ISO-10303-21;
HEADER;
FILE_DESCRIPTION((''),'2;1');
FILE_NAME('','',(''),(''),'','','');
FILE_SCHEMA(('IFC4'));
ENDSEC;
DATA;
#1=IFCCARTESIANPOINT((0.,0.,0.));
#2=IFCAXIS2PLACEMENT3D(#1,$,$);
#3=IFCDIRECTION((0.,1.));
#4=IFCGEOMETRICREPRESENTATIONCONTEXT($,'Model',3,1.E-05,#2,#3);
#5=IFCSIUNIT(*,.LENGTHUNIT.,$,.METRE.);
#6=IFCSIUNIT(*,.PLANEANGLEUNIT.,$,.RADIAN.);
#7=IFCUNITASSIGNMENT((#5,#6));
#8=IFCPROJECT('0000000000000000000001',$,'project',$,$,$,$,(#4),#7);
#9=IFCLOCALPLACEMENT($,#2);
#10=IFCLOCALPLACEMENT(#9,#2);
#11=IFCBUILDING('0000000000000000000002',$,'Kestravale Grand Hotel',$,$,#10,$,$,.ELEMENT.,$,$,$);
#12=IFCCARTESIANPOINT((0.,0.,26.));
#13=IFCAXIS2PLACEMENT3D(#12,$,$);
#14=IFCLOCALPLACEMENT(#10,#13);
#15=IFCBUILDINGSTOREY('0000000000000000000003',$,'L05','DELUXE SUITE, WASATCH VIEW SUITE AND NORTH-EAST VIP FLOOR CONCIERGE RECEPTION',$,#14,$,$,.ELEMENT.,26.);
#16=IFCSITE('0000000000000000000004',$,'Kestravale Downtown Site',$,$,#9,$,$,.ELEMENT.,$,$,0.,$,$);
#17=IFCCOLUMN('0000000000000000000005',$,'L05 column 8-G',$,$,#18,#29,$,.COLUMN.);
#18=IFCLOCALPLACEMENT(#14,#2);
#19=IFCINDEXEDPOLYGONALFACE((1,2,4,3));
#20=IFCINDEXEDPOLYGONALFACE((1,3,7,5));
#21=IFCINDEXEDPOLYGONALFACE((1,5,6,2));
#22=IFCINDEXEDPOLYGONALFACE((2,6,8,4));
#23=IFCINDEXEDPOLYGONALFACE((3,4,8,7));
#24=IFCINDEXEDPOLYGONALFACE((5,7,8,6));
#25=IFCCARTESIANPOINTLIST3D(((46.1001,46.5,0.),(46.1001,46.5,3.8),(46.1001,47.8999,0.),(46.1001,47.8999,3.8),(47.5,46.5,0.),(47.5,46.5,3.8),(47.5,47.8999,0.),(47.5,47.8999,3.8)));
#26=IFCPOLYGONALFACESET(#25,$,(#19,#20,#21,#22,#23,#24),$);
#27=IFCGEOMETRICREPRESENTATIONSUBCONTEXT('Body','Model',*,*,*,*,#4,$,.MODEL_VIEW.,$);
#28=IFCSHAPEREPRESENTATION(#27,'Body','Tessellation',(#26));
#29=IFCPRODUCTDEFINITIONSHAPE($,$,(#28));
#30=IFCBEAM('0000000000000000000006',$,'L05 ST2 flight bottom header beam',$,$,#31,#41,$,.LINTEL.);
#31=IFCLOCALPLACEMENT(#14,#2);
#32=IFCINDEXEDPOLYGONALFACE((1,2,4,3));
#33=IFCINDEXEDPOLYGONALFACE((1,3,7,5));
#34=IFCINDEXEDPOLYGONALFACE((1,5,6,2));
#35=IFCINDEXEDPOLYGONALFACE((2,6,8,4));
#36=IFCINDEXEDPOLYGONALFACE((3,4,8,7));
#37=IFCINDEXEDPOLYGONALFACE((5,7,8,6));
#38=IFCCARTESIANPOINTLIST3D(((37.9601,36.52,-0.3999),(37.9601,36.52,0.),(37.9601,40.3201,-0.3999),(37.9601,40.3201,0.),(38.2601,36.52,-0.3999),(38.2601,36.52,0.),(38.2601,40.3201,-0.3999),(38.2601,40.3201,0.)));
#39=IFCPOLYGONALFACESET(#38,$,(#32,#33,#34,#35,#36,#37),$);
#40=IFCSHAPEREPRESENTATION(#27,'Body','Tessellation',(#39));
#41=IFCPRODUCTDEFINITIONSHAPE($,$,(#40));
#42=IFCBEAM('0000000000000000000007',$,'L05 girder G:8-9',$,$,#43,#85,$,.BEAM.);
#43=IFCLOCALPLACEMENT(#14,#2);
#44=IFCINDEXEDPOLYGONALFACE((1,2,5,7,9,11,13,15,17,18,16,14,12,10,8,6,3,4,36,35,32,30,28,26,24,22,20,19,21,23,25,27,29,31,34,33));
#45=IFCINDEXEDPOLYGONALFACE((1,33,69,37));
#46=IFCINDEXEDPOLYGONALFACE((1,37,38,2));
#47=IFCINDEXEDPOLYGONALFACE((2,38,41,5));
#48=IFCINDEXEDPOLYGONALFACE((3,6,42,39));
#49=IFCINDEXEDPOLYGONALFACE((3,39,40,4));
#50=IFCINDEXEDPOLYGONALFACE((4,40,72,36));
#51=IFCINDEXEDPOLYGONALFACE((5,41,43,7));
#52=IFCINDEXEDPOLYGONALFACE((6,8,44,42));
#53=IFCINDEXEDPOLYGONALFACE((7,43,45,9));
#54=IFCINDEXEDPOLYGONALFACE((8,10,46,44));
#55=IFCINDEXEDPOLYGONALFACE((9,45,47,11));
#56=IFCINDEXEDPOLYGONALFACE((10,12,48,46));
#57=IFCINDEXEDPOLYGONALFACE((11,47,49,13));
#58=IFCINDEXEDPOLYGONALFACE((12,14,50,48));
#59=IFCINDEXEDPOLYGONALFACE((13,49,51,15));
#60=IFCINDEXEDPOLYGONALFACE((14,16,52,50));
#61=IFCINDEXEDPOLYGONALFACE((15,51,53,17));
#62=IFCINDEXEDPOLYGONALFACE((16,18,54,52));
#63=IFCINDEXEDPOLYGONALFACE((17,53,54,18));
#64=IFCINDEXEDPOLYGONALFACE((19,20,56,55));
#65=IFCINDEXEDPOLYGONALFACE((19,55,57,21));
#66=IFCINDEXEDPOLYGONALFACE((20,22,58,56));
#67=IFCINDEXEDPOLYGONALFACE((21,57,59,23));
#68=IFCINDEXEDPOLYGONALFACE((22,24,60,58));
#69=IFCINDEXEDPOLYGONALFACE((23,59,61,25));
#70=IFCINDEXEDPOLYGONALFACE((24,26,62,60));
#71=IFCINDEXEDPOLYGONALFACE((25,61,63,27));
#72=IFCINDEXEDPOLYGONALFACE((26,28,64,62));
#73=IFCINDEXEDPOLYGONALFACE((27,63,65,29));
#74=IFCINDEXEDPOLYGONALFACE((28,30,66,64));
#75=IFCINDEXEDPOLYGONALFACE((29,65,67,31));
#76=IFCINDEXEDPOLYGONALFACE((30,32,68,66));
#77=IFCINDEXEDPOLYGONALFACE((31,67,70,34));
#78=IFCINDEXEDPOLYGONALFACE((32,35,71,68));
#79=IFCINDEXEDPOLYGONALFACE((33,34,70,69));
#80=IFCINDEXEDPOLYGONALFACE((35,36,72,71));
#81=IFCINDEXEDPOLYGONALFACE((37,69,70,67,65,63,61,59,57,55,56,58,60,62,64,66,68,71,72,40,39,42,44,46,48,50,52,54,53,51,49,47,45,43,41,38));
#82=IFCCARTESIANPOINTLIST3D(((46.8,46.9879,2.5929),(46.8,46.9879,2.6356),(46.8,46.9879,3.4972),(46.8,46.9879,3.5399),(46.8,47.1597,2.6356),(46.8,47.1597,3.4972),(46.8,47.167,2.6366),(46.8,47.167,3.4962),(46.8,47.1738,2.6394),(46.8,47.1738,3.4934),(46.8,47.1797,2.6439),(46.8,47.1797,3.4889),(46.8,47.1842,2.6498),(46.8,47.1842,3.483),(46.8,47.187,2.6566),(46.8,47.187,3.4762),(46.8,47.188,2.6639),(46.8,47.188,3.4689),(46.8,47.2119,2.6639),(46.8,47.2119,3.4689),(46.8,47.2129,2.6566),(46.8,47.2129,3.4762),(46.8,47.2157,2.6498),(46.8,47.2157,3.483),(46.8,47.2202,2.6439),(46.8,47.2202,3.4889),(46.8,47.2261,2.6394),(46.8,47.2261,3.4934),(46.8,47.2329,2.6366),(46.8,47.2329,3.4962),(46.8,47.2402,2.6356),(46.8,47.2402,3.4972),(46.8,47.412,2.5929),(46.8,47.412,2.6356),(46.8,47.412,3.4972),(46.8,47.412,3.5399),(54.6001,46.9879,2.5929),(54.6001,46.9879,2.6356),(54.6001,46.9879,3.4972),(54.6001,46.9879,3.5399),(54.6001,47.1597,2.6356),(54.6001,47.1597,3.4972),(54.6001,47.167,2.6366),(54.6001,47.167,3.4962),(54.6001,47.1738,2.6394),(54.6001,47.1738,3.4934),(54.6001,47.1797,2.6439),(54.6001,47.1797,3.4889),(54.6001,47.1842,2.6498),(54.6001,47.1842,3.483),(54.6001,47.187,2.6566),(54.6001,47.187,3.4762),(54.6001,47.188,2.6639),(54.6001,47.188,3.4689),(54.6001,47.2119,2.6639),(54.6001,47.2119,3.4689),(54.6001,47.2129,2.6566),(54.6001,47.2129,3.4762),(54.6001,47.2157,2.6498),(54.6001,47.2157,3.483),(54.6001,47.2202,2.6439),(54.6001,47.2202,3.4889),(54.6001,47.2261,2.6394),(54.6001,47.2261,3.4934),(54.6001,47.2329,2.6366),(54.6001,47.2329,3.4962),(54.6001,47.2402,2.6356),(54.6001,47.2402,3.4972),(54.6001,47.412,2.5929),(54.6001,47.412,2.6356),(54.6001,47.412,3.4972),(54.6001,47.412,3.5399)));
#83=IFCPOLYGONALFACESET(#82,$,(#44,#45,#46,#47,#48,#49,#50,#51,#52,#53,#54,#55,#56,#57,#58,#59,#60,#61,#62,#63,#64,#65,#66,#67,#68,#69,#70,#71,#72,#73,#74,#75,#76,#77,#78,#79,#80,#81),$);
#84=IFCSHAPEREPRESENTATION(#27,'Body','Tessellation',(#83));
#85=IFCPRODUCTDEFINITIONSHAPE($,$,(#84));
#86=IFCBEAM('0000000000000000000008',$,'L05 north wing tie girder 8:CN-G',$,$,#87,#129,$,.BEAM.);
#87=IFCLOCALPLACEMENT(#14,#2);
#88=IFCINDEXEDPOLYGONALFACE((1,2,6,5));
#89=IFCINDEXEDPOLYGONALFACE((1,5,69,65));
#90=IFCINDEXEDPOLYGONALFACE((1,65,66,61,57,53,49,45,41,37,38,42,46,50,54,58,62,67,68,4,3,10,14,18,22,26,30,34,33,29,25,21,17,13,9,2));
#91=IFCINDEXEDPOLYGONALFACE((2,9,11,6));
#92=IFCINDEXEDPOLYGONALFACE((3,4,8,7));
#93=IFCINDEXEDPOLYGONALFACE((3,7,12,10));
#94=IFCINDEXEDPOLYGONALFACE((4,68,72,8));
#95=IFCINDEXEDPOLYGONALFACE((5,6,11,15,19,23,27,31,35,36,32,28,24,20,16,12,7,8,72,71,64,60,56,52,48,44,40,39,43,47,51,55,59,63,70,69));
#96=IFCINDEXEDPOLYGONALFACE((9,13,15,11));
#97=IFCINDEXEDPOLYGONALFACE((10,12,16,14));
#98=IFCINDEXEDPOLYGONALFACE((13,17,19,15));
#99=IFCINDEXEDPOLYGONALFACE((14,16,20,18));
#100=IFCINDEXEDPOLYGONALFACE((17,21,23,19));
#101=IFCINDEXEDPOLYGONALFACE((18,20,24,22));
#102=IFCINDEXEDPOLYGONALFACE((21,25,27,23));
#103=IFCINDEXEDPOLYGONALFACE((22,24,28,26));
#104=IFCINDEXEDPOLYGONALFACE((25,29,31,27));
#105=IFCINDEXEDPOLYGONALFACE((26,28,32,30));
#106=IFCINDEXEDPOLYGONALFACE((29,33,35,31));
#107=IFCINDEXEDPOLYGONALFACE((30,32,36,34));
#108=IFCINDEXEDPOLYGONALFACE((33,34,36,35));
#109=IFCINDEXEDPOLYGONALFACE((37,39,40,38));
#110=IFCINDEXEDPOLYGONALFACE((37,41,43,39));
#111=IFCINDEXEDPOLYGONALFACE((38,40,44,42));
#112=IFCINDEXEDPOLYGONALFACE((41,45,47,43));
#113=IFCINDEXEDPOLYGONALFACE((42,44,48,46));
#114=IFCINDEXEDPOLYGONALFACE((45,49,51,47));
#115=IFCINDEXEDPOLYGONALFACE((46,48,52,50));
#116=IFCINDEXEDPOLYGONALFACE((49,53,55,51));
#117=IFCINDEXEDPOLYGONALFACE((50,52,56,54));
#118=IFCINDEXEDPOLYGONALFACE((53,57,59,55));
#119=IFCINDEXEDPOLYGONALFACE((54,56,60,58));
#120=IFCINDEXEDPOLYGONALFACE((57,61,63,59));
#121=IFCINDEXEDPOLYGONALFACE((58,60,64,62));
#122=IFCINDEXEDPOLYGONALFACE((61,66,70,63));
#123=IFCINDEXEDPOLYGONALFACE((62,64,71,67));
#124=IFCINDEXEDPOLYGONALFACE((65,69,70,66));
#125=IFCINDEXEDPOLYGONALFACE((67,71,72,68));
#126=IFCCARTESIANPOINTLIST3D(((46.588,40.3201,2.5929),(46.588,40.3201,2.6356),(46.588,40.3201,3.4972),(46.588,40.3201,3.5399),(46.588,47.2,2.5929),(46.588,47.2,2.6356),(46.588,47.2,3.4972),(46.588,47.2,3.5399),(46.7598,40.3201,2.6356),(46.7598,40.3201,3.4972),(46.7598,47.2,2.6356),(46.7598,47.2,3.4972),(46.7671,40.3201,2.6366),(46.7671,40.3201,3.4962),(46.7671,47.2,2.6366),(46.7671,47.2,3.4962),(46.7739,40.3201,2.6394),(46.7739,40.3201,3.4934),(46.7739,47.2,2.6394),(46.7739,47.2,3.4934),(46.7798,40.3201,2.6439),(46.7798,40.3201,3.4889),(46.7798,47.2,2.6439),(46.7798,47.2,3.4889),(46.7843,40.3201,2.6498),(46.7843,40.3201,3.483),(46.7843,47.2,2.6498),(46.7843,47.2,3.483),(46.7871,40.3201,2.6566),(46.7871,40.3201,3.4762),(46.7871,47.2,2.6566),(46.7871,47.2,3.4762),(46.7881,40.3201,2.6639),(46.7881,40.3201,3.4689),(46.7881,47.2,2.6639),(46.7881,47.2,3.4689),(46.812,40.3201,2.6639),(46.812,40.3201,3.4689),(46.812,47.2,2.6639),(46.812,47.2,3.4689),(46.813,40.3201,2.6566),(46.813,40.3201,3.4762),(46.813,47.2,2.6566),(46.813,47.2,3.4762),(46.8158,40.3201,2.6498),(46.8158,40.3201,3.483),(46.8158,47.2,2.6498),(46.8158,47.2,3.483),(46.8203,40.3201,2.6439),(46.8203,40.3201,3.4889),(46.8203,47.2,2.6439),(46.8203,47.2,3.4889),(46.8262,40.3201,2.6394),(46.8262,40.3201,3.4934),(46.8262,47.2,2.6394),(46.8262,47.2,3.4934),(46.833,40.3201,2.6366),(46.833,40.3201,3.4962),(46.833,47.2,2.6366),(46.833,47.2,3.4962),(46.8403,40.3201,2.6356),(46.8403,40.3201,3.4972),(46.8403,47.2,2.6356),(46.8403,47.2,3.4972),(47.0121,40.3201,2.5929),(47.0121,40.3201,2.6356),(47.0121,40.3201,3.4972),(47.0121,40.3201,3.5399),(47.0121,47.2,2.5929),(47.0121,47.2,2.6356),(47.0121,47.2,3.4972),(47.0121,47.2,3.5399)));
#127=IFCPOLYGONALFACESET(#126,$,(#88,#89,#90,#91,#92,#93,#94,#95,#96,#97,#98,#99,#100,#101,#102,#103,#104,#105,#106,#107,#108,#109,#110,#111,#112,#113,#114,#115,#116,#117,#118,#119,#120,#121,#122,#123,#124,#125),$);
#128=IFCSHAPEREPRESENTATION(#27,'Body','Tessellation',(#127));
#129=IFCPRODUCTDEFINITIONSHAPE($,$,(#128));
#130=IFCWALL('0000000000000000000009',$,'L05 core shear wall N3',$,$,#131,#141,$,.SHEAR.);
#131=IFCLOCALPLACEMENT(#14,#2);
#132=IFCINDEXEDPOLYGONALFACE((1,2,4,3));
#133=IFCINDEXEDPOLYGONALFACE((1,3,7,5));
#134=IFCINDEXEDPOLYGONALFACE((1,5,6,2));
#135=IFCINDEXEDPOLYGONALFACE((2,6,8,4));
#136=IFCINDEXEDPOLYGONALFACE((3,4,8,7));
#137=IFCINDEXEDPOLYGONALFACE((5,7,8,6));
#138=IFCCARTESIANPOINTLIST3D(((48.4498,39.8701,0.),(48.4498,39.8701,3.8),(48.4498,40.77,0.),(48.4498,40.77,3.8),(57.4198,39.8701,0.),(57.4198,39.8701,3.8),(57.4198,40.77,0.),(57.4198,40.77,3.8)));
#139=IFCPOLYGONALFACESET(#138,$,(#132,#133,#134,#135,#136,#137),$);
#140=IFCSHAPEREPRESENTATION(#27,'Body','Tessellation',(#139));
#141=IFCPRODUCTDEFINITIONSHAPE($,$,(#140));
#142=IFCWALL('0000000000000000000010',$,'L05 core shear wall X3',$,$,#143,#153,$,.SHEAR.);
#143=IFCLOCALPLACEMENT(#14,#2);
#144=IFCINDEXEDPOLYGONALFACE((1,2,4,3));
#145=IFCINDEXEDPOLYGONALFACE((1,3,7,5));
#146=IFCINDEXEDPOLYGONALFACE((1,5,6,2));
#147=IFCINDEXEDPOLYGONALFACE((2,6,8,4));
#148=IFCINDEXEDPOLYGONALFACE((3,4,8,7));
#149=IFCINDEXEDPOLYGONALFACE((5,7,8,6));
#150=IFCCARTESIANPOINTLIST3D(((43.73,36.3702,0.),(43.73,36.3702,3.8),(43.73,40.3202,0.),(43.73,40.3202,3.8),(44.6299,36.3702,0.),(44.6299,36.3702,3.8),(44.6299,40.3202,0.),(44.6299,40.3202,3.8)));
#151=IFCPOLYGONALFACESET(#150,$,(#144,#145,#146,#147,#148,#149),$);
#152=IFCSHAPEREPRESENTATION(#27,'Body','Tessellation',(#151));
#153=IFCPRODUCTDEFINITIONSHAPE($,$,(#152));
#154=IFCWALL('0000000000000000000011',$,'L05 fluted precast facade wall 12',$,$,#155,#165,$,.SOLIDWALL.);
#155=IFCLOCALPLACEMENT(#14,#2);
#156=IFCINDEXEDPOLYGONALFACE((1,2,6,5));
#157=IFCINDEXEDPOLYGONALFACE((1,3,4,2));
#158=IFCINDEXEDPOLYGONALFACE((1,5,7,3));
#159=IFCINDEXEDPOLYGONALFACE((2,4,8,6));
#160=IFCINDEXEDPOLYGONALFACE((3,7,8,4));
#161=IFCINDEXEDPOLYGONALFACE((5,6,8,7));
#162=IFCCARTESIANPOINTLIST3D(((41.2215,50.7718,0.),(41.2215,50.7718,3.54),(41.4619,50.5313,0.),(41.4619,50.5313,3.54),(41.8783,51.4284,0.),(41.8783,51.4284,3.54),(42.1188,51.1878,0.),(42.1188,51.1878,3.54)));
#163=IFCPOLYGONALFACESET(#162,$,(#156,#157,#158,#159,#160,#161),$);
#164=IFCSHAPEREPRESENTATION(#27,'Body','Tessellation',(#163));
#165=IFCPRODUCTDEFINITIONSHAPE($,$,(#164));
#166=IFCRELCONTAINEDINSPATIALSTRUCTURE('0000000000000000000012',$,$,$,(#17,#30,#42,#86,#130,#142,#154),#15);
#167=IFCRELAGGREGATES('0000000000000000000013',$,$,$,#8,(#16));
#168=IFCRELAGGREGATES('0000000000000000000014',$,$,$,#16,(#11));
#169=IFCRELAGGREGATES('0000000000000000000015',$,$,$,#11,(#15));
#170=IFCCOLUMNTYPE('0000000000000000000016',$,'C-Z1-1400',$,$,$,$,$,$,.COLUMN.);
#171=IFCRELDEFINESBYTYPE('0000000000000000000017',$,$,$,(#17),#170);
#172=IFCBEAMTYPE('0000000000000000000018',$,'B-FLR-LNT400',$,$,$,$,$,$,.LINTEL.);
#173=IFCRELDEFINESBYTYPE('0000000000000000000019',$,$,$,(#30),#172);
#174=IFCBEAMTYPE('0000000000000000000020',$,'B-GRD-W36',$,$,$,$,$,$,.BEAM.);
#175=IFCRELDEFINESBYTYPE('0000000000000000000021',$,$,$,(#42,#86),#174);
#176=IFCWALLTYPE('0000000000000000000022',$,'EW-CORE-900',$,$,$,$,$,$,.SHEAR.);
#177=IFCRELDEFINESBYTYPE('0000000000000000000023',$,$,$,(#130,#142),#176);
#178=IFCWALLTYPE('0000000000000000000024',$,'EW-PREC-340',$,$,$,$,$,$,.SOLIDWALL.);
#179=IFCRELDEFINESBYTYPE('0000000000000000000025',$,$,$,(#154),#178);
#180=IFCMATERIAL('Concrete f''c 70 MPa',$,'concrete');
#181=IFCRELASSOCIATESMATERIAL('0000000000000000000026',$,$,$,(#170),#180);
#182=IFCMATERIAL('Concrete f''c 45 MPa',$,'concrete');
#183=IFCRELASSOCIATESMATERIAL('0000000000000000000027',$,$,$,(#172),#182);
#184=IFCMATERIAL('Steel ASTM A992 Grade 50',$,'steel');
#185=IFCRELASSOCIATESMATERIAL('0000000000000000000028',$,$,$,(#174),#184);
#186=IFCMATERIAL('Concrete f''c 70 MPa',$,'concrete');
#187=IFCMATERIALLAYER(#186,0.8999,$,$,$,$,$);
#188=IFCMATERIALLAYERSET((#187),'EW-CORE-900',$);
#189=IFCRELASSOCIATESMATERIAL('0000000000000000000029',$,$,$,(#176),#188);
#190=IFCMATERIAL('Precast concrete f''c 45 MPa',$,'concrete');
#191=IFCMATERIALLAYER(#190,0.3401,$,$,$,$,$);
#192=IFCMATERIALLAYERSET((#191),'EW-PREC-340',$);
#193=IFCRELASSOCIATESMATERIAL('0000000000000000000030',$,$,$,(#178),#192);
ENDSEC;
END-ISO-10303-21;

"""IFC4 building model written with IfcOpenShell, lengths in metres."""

from ifc_helpers import new_model, si_unit, direction, frame, frame_2d, origin, origin_2d, place, context, subcontext, project, spatial, rectangle, i_section, extrude, material, layer, layer_set, material_profile, profile_set, type_object, element, save


model = new_model("IFC4")

# Units and contexts
model_context = context("Model", 3, precision=1e-05, world=origin(), true_north=direction((0.0, 1.0)))
body_context = subcontext(model_context, "Body", "Model", "MODEL_VIEW")
ifc_project = project(units=[si_unit("LENGTHUNIT", "METRE"), si_unit("PLANEANGLEUNIT", "RADIAN")], contexts=[model_context])

# Site, building, storey
site_placement = place(None, origin())
site = spatial("IfcSite", under=ifc_project, at=site_placement, Name="Kestravale Downtown Site", CompositionType="ELEMENT", RefElevation=0.0)
building_placement = place(site_placement, origin())
building = spatial("IfcBuilding", under=site, at=building_placement, Name="Kestravale Grand Hotel", CompositionType="ELEMENT")
storey_placement = place(building_placement, frame((0.0, 0.0, 26.0)))
storey = spatial("IfcBuildingStorey", under=building, at=storey_placement, Name="L05", Description="DELUXE SUITE, WASATCH VIEW SUITE AND NORTH-EAST VIP FLOOR CONCIERGE RECEPTION", CompositionType="ELEMENT", Elevation=26.0)

# Column
ifc_material_1 = material(Name="Concrete f'c 70 MPa", Category="concrete")
ifc_material_profile_1 = material_profile(ifc_material_1, rectangle(XDim=1.3999, YDim=1.3999, at=origin_2d()))
ifc_profile_set_1 = profile_set([ifc_material_profile_1], Name="Concrete f'c 70 MPa")
column_type = type_object("IfcColumnType", Name="C-Z1-1400", PredefinedType="COLUMN", material=ifc_profile_set_1)
column_placement = place(storey_placement, frame((46.8, 47.2, 0.0), z_axis=(0.0, 0.0, 1.0), x_axis=(1.0, 0.0, 0.0)))
element("IfcColumn", 1, at=column_placement, inside=storey, type_object=column_type, Name="L05 column 8-G", PredefinedType="COLUMN", context=body_context, shape_type="SweptSolid", body=[
    extrude(rectangle(XDim=1.3999, YDim=1.3999, at=origin_2d()), origin(), (0.0, 0.0, 1.0), 3.8),
])

# Beams
ifc_material_2 = material(Name="Concrete f'c 45 MPa", Category="concrete")
ifc_material_profile_2 = material_profile(ifc_material_2, rectangle(XDim=0.3, YDim=0.3999, at=origin_2d()))
ifc_profile_set_2 = profile_set([ifc_material_profile_2], Name="Concrete f'c 45 MPa")
beam_type_1 = type_object("IfcBeamType", Name="B-FLR-LNT400", PredefinedType="LINTEL", material=ifc_profile_set_2)
beam_1_placement = place(storey_placement, frame((38.1101, 36.52, -0.2), z_axis=(0.0, 1.0, 0.0), x_axis=(-1.0, 0.0, 0.0)))
element("IfcBeam", 2, at=beam_1_placement, inside=storey, type_object=beam_type_1, Name="L05 ST2 flight bottom header beam", PredefinedType="LINTEL", context=body_context, shape_type="SweptSolid", body=[
    extrude(rectangle(XDim=0.3, YDim=0.3999, at=origin_2d()), origin(), (0.0, 0.0, 1.0), 3.8),
])
ifc_material_3 = material(Name="Steel ASTM A992 Grade 50", Category="steel")
ifc_material_profile_3 = material_profile(ifc_material_3, i_section(OverallWidth=0.4241, OverallDepth=0.947, WebThickness=0.0239, FlangeThickness=0.0427, FilletRadius=0.0283, at=origin_2d()))
ifc_profile_set_3 = profile_set([ifc_material_profile_3], Name="Steel ASTM A992 Grade 50")
beam_type_2 = type_object("IfcBeamType", Name="B-GRD-W36", PredefinedType="BEAM", material=ifc_profile_set_3)
beam_2_placement = place(storey_placement, frame((46.8, 47.2, 3.0664), z_axis=(1.0, 0.0, 0.0), x_axis=(0.0, 1.0, 0.0)))
element("IfcBeam", 3, at=beam_2_placement, inside=storey, type_object=beam_type_2, Name="L05 girder G:8-9", PredefinedType="BEAM", context=body_context, shape_type="SweptSolid", body=[
    extrude(i_section(OverallWidth=0.4241, OverallDepth=0.947, WebThickness=0.0239, FlangeThickness=0.0427, FilletRadius=0.0283, at=origin_2d()), origin(), (0.0, 0.0, 1.0), 7.8),
])
beam_3_placement = place(storey_placement, frame((46.8, 40.3201, 3.0664), z_axis=(0.0, 1.0, 0.0), x_axis=(-1.0, 0.0, 0.0)))
element("IfcBeam", 4, at=beam_3_placement, inside=storey, type_object=beam_type_2, Name="L05 north wing tie girder 8:CN-G", PredefinedType="BEAM", context=body_context, shape_type="SweptSolid", body=[
    extrude(i_section(OverallWidth=0.4241, OverallDepth=0.947, WebThickness=0.0239, FlangeThickness=0.0427, FilletRadius=0.0283, at=origin_2d()), origin(), (0.0, 0.0, 1.0), 6.8799),
])

# Walls
ifc_material_4 = material(Name="Concrete f'c 70 MPa", Category="concrete")
ifc_layer_1 = layer(ifc_material_4, 0.8999)
ifc_layer_set_1 = layer_set([ifc_layer_1], Name="EW-CORE-900")
wall_type_1 = type_object("IfcWallType", Name="EW-CORE-900", PredefinedType="SHEAR", material=ifc_layer_set_1)
wall_1_placement = place(storey_placement, frame((48.45, 40.3201, 0.0), z_axis=(0.0, 0.0, 1.0), x_axis=(1.0, 0.0, 0.0)))
element("IfcWall", 5, at=wall_1_placement, inside=storey, type_object=wall_type_1, Name="L05 core shear wall N3", PredefinedType="SHEAR", context=body_context, shape_type="SweptSolid", body=[
    extrude(rectangle(XDim=8.97, YDim=0.8999, at=frame_2d((4.4849, 0.0))), origin(), (0.0, 0.0, 1.0), 3.8),
])
wall_2_placement = place(storey_placement, frame((44.1799, 36.3701, 0.0), z_axis=(0.0, 0.0, 1.0), x_axis=(0.0, 1.0, 0.0)))
element("IfcWall", 6, at=wall_2_placement, inside=storey, type_object=wall_type_1, Name="L05 core shear wall X3", PredefinedType="SHEAR", context=body_context, shape_type="SweptSolid", body=[
    extrude(rectangle(XDim=3.95, YDim=0.8999, at=frame_2d((1.9751, 0.0))), origin(), (0.0, 0.0, 1.0), 3.8),
])
ifc_material_5 = material(Name="Precast concrete f'c 45 MPa", Category="concrete")
ifc_layer_2 = layer(ifc_material_5, 0.3401)
ifc_layer_set_2 = layer_set([ifc_layer_2], Name="EW-PREC-340")
wall_type_2 = type_object("IfcWallType", Name="EW-PREC-340", PredefinedType="SOLIDWALL", material=ifc_layer_set_2)
wall_3_placement = place(storey_placement, frame((41.9985, 51.3081, 0.0), z_axis=(0.0, 0.0, 1.0), x_axis=(-0.707238, -0.706975, 0.0)))
element("IfcWall", 7, at=wall_3_placement, inside=storey, type_object=wall_type_2, Name="L05 fluted precast facade wall 12", PredefinedType="SOLIDWALL", context=body_context, shape_type="SweptSolid", body=[
    extrude(rectangle(XDim=0.9287, YDim=0.3401, at=frame_2d((0.4644, 0.0))), origin(), (0.0, 0.0, 1.0), 3.54),
])

save(model, "model.ifc")
